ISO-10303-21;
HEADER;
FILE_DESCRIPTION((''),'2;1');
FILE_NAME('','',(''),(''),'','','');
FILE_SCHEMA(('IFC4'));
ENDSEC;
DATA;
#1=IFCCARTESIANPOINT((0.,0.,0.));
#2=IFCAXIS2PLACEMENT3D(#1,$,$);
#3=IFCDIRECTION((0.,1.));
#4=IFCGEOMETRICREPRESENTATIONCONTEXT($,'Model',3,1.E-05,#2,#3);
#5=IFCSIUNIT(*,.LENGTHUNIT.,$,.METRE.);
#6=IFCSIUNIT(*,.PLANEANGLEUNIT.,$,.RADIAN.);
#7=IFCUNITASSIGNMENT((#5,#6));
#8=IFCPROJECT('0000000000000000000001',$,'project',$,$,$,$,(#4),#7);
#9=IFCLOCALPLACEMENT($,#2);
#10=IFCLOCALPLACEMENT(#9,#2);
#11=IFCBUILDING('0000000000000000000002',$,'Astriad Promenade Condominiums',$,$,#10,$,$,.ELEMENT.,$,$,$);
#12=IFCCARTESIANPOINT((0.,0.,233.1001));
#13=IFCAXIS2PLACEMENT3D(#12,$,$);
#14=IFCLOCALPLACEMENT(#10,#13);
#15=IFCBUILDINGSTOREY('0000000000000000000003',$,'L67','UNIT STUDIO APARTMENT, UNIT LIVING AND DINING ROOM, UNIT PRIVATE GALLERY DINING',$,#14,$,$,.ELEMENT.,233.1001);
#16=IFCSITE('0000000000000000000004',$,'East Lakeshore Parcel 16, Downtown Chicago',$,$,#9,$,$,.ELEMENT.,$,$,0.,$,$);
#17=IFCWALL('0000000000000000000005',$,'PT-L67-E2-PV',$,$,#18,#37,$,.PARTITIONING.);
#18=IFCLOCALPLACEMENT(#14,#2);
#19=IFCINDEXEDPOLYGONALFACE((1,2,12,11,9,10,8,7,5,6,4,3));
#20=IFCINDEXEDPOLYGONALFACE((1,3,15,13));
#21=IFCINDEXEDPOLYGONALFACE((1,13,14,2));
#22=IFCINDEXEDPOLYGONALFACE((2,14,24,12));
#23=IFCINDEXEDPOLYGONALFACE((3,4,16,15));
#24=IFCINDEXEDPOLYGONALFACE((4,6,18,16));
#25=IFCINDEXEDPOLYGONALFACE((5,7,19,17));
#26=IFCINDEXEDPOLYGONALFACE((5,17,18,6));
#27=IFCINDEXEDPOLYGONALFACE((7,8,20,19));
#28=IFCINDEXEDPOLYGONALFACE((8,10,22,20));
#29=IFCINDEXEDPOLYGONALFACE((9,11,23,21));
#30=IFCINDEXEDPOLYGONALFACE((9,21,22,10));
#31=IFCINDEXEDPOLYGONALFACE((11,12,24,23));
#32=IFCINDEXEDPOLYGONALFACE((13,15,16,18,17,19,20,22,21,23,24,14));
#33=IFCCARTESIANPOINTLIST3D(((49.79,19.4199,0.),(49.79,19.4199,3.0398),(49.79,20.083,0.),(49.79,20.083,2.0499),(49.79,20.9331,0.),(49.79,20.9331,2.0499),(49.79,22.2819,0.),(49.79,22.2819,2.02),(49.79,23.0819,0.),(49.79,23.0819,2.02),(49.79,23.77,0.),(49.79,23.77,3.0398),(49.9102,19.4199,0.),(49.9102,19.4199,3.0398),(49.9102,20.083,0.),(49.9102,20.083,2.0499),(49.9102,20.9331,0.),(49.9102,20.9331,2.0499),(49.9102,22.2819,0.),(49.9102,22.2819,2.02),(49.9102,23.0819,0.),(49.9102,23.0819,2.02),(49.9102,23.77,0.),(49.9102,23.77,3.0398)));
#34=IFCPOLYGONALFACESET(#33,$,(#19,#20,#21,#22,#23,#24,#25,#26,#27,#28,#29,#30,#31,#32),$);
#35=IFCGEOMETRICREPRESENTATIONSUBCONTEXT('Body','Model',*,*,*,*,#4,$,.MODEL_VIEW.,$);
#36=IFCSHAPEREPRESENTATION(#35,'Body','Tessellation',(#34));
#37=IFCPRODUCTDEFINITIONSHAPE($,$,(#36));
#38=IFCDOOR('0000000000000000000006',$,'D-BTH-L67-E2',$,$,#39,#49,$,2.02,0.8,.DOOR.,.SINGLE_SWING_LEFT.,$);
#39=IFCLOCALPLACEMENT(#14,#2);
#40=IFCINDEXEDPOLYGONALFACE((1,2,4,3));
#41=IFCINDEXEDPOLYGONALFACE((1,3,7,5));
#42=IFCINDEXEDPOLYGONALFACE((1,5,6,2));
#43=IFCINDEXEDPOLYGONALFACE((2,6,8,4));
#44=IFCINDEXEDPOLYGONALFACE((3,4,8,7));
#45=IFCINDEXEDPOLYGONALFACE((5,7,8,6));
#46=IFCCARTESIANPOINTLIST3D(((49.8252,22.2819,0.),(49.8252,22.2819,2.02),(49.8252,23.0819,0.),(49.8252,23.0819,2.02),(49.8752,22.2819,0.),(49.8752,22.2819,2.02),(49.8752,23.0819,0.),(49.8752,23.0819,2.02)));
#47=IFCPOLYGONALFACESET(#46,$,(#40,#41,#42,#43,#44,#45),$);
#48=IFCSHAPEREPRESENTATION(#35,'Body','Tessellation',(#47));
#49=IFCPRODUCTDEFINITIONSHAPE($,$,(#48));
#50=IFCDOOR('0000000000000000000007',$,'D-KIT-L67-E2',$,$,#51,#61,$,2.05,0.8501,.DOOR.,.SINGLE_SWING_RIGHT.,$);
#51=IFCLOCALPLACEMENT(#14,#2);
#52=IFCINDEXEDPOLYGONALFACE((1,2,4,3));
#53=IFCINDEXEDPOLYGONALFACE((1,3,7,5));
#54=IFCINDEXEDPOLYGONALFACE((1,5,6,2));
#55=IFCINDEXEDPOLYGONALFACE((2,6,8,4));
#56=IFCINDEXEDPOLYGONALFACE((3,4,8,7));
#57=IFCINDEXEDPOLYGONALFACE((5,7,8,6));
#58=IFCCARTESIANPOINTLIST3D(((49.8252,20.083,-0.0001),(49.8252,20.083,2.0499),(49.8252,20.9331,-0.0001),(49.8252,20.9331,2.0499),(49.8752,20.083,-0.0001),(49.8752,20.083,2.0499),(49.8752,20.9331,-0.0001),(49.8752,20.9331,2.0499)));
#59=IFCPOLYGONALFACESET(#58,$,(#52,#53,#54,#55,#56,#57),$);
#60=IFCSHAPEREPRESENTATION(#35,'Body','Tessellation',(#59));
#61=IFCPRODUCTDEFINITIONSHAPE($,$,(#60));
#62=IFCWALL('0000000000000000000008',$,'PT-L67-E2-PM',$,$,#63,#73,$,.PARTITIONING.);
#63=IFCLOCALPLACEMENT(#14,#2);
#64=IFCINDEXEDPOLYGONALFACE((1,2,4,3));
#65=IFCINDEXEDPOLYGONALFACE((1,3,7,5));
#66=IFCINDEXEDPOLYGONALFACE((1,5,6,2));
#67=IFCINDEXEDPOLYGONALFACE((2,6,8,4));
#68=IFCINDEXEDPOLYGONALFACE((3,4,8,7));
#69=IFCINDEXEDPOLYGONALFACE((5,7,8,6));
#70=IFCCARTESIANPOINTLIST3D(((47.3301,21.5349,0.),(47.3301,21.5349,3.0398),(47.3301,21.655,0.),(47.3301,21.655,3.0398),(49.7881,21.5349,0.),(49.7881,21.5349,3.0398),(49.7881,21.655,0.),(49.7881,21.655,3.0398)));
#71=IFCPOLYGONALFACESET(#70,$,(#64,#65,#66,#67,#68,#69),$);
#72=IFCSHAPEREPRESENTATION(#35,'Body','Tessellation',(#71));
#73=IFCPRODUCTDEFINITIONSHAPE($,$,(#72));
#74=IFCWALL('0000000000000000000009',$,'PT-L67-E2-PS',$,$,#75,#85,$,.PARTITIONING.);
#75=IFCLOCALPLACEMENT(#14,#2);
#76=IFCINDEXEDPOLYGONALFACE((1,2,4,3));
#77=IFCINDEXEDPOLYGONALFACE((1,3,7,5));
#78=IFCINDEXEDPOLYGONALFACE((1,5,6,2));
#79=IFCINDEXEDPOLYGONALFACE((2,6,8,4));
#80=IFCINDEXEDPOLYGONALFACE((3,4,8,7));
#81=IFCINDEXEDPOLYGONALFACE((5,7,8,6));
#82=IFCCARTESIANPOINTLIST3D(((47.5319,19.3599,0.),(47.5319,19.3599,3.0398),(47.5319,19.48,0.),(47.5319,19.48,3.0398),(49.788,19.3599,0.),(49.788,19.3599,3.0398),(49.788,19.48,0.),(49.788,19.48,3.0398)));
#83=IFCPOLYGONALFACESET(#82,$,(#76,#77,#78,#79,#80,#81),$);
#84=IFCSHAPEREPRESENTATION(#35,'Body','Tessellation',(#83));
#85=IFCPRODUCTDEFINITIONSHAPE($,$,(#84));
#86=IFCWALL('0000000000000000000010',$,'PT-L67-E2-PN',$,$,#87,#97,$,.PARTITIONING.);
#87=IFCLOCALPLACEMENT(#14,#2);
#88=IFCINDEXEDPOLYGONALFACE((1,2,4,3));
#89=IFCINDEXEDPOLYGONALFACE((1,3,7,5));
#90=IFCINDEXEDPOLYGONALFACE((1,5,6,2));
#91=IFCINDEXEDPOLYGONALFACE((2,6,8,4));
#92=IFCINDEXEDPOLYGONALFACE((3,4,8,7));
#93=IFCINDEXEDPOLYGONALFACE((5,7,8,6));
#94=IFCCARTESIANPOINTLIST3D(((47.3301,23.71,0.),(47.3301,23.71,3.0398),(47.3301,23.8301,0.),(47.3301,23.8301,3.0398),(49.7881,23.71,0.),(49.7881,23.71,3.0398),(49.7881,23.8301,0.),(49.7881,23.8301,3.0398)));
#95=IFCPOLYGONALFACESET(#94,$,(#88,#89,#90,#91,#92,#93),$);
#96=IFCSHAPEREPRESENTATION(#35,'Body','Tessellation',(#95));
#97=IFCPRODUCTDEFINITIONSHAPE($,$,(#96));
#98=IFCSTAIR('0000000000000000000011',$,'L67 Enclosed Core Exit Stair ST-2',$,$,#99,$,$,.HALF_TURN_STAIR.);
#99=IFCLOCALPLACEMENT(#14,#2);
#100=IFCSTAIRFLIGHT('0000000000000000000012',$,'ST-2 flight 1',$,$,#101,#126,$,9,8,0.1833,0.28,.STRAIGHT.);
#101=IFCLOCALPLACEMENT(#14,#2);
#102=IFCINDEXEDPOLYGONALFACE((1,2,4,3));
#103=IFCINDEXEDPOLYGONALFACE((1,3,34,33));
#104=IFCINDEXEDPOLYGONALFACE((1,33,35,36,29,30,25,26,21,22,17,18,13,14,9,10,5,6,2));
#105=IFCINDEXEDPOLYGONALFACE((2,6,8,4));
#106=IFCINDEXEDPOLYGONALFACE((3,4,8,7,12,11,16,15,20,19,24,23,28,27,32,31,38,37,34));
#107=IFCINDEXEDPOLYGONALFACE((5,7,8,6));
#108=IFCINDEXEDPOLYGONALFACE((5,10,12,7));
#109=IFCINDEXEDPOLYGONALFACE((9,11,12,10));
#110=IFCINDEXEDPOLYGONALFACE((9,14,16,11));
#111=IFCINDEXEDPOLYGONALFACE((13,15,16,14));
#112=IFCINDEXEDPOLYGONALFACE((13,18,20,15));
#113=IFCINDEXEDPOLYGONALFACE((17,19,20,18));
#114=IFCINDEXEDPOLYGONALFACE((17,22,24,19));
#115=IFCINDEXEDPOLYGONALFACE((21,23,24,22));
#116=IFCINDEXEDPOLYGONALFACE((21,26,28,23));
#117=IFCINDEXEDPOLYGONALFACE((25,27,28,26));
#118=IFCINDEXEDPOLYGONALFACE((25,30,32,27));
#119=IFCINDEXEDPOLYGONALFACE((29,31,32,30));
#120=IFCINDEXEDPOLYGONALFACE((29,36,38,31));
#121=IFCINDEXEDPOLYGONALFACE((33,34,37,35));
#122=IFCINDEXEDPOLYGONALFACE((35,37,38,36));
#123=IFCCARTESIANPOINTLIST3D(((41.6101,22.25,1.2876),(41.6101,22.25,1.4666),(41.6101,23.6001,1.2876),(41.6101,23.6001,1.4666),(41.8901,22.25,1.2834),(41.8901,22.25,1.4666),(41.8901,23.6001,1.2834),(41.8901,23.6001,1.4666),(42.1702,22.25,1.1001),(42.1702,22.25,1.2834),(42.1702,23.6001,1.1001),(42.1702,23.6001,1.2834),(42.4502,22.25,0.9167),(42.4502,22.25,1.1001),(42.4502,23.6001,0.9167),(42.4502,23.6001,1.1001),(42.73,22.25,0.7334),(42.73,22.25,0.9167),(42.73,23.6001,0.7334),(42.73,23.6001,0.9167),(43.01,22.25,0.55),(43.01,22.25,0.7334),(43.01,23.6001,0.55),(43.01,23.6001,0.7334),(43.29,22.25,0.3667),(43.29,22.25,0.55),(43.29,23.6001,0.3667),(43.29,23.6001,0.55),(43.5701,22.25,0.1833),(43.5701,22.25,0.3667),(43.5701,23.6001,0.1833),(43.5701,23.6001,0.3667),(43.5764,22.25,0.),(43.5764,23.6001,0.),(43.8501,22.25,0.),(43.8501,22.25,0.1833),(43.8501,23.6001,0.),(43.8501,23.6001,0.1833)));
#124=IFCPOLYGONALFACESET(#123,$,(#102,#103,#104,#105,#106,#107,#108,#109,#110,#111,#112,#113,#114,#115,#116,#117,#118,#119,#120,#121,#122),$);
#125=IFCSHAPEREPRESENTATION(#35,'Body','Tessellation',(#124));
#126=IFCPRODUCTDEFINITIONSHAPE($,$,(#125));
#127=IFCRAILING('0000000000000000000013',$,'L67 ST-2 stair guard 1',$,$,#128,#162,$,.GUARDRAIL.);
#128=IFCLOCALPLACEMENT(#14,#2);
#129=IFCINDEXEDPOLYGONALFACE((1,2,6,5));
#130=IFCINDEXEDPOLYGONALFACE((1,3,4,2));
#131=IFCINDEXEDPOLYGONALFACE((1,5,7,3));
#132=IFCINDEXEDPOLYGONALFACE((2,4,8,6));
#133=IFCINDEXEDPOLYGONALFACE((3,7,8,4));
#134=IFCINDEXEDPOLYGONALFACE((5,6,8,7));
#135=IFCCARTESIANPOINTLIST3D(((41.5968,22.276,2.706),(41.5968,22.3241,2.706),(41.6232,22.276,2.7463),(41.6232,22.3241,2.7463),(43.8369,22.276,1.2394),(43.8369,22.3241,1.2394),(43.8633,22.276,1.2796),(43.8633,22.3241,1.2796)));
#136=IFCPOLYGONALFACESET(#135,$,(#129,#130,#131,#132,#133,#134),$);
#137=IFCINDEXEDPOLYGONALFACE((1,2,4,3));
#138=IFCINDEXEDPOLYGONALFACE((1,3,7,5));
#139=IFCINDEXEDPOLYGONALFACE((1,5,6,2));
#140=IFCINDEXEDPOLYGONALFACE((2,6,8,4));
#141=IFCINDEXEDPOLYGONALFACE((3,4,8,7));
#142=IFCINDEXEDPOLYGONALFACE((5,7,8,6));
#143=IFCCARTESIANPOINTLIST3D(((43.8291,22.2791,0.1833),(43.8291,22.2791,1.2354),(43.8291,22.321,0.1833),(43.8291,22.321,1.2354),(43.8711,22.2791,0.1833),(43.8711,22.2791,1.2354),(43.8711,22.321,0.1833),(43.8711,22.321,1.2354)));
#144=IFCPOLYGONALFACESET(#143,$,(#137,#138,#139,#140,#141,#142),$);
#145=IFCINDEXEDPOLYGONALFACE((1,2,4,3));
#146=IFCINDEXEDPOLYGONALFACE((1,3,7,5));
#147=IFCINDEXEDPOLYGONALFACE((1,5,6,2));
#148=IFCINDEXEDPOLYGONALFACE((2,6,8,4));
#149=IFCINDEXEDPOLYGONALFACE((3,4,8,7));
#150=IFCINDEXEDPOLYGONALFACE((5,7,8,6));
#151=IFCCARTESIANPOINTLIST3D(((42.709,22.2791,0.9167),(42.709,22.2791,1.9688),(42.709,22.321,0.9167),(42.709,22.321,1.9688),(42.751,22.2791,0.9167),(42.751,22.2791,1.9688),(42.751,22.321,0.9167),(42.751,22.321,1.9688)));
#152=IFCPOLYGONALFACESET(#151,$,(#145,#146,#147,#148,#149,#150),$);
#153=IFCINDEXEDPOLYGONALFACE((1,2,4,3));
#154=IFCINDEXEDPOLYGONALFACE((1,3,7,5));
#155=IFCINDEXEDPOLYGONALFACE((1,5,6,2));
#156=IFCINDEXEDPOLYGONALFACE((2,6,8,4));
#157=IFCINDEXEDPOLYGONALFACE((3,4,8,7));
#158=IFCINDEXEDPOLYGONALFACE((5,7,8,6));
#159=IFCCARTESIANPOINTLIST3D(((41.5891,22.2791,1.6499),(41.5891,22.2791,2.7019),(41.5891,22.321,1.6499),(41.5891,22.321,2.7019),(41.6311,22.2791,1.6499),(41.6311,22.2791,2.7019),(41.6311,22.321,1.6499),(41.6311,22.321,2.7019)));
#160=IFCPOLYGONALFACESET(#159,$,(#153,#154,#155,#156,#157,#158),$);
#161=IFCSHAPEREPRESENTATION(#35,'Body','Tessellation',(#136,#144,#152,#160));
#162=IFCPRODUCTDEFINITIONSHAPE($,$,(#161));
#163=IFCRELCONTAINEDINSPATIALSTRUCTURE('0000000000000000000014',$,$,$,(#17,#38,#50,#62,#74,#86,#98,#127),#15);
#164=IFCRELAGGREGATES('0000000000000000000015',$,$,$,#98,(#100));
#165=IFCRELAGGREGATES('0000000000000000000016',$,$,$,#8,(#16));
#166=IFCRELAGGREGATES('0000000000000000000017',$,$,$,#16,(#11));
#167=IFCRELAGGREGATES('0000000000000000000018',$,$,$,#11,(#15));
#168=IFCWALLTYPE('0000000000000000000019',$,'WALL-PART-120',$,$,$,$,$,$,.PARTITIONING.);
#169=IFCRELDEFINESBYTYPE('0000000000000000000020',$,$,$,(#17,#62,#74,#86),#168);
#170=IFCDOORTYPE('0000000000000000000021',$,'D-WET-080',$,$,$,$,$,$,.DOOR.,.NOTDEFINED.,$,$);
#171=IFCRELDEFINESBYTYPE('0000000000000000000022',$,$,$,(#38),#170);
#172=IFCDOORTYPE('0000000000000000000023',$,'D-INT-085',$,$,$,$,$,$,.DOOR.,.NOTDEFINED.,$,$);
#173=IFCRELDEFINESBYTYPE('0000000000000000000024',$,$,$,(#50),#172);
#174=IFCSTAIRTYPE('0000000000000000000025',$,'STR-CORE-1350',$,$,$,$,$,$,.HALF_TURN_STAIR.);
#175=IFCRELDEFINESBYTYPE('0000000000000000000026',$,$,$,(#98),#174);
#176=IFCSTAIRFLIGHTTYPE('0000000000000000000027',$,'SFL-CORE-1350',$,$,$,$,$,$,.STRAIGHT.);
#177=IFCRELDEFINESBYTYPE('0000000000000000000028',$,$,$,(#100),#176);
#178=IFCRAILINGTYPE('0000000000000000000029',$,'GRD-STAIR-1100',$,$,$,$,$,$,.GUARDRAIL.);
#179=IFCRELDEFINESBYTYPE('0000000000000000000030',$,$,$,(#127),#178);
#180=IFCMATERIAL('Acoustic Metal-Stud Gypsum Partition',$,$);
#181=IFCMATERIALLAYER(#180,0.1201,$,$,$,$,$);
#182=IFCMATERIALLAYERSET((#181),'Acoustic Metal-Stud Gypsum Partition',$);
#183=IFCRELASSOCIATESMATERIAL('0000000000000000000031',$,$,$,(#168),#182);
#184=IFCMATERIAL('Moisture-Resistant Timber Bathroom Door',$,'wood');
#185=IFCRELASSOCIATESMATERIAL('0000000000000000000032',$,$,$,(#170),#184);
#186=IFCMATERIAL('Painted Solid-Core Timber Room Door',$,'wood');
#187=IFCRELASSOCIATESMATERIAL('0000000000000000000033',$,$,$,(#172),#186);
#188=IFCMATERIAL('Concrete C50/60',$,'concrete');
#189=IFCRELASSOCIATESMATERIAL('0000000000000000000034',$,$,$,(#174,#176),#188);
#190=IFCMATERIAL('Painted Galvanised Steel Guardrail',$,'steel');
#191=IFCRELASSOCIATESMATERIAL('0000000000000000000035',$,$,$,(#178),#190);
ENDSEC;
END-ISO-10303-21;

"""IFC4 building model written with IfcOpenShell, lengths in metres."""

from ifc_helpers import new_model, si_unit, direction, frame, frame_2d, origin, origin_2d, place, context, subcontext, project, spatial, polyline, rectangle, outline, extrude, source, transform, mapped, material, layer, layer_set, type_object, type_shapes, element, fill, aggregate, save


model = new_model("IFC4")

# Units and contexts
model_context = context("Model", 3, precision=1e-05, world=origin(), true_north=direction((0.0, 1.0)))
body_context = subcontext(model_context, "Body", "Model", "MODEL_VIEW")
ifc_project = project(units=[si_unit("LENGTHUNIT", "METRE"), si_unit("PLANEANGLEUNIT", "RADIAN")], contexts=[model_context])

# Site, building, storey
site_placement = place(None, origin())
site = spatial("IfcSite", under=ifc_project, at=site_placement, Name="East Lakeshore Parcel 16, Downtown Chicago", CompositionType="ELEMENT", RefElevation=0.0)
building_placement = place(site_placement, origin())
building = spatial("IfcBuilding", under=site, at=building_placement, Name="Astriad Promenade Condominiums", CompositionType="ELEMENT")
storey_placement = place(building_placement, frame((0.0, 0.0, 233.1001)))
storey = spatial("IfcBuildingStorey", under=building, at=storey_placement, Name="L67", Description="UNIT STUDIO APARTMENT, UNIT LIVING AND DINING ROOM, UNIT PRIVATE GALLERY DINING", CompositionType="ELEMENT", Elevation=233.1001)

# Shared definitions
ifc_material_1 = material(Name="Concrete C50/60", Category="concrete")

# Wall, openings, doors
ifc_material_2 = material(Name="Acoustic Metal-Stud Gypsum Partition")
ifc_layer_1 = layer(ifc_material_2, 0.1201)
ifc_layer_set_1 = layer_set([ifc_layer_1], Name="Acoustic Metal-Stud Gypsum Partition")
wall_type_1 = type_object("IfcWallType", Name="WALL-PART-120", PredefinedType="PARTITIONING", material=ifc_layer_set_1)
wall_1_placement = place(storey_placement, frame((49.8501, 19.4199, 0.0), z_axis=(0.0, 0.0, 1.0), x_axis=(0.0, 1.0, 0.0)))
wall_1 = element("IfcWall", 1, at=wall_1_placement, inside=storey, type_object=wall_type_1, Name="PT-L67-E2-PV", PredefinedType="PARTITIONING", context=body_context, shape_type="SweptSolid", body=[
    extrude(rectangle(XDim=4.3501, YDim=0.1201, at=frame_2d((2.175, 0.0))), origin(), (0.0, 0.0, 1.0), 3.0398),
])
opening_1_placement = place(wall_1_placement, frame((0.6631, 0.0, 0.0)))
opening_1 = element("IfcOpeningElement", 2, at=opening_1_placement, cuts=wall_1, PredefinedType="OPENING", context=body_context, shape_type="SweptSolid", body=[
    extrude(rectangle(XDim=0.8501, YDim=2.05, at=frame_2d((0.425, 1.0249))), frame((0.0, 0.0701, 0.0), z_axis=(0.0, -1.0, 0.0), x_axis=(1.0, 0.0, 0.0)), (0.0, 0.0, 1.0), 0.1401),
])
opening_2_placement = place(wall_1_placement, frame((2.8621, 0.0, 0.0)))
opening_2 = element("IfcOpeningElement", 3, at=opening_2_placement, cuts=wall_1, PredefinedType="OPENING", context=body_context, shape_type="SweptSolid", body=[
    extrude(rectangle(XDim=0.8, YDim=2.02, at=frame_2d((0.3999, 1.01))), frame((0.0, 0.0701, 0.0), z_axis=(0.0, -1.0, 0.0), x_axis=(1.0, 0.0, 0.0)), (0.0, 0.0, 1.0), 0.1401),
])
ifc_material_3 = material(Name="Moisture-Resistant Timber Bathroom Door", Category="wood")
door_type_1 = type_object("IfcDoorType", Name="D-WET-080", OperationType="NOTDEFINED", PredefinedType="DOOR", material=ifc_material_3)
shared_shape_1 = source(origin(), body_context, "Body", "SweptSolid", [
    extrude(rectangle(XDim=0.8, YDim=2.02, at=frame_2d((0.3999, 1.01))), frame((0.0, 0.0249, 0.0), z_axis=(0.0, -1.0, 0.0), x_axis=(1.0, 0.0, 0.0)), (0.0, 0.0, 1.0), 0.05),
])
type_shapes(door_type_1, [shared_shape_1])
door_1_placement = place(opening_2_placement, origin())
door_1 = element("IfcDoor", 4, at=door_1_placement, inside=storey, type_object=door_type_1, Name="D-BTH-L67-E2", OperationType="SINGLE_SWING_LEFT", OverallHeight=2.02, OverallWidth=0.8, PredefinedType="DOOR", context=body_context, shape_type="MappedRepresentation", body=[
    mapped(shared_shape_1, transform((0.0, 0.0, 0.0), scale=1.0)),
])
fill(opening_2, door_1)
ifc_material_4 = material(Name="Painted Solid-Core Timber Room Door", Category="wood")
door_type_2 = type_object("IfcDoorType", Name="D-INT-085", OperationType="NOTDEFINED", PredefinedType="DOOR", material=ifc_material_4)
shared_shape_2 = source(origin(), body_context, "Body", "SweptSolid", [
    extrude(rectangle(XDim=0.8501, YDim=2.05, at=frame_2d((0.425, 1.0249))), frame((0.0, 0.0249, 0.0), z_axis=(0.0, -1.0, 0.0), x_axis=(1.0, 0.0, 0.0)), (0.0, 0.0, 1.0), 0.05),
])
type_shapes(door_type_2, [shared_shape_2])
door_2_placement = place(opening_1_placement, origin())
door_2 = element("IfcDoor", 5, at=door_2_placement, inside=storey, type_object=door_type_2, Name="D-KIT-L67-E2", OperationType="SINGLE_SWING_RIGHT", OverallHeight=2.05, OverallWidth=0.8501, PredefinedType="DOOR", context=body_context, shape_type="MappedRepresentation", body=[
    mapped(shared_shape_2, transform((0.0, 0.0, 0.0), scale=1.0)),
])
fill(opening_1, door_2)

# Walls
wall_2_placement = place(storey_placement, frame((47.3301, 21.595, 0.0), z_axis=(0.0, 0.0, 1.0), x_axis=(1.0, 0.0, 0.0)))
element("IfcWall", 6, at=wall_2_placement, inside=storey, type_object=wall_type_1, Name="PT-L67-E2-PM", PredefinedType="PARTITIONING", context=body_context, shape_type="SweptSolid", body=[
    extrude(rectangle(XDim=2.458, YDim=0.1201, at=frame_2d((1.229, 0.0))), origin(), (0.0, 0.0, 1.0), 3.0398),
])
wall_3_placement = place(storey_placement, frame((47.532, 19.4199, 0.0), z_axis=(0.0, 0.0, 1.0), x_axis=(1.0, 0.0, 0.0)))
element("IfcWall", 7, at=wall_3_placement, inside=storey, type_object=wall_type_1, Name="PT-L67-E2-PS", PredefinedType="PARTITIONING", context=body_context, shape_type="SweptSolid", body=[
    extrude(rectangle(XDim=2.2561, YDim=0.1201, at=frame_2d((1.1279, 0.0))), origin(), (0.0, 0.0, 1.0), 3.0398),
])
wall_4_placement = place(storey_placement, frame((47.3301, 23.77, 0.0), z_axis=(0.0, 0.0, 1.0), x_axis=(1.0, 0.0, 0.0)))
element("IfcWall", 8, at=wall_4_placement, inside=storey, type_object=wall_type_1, Name="PT-L67-E2-PN", PredefinedType="PARTITIONING", context=body_context, shape_type="SweptSolid", body=[
    extrude(rectangle(XDim=2.458, YDim=0.1201, at=frame_2d((1.229, 0.0))), origin(), (0.0, 0.0, 1.0), 3.0398),
])

# Stair, stair flight
stair_type = type_object("IfcStairType", Name="STR-CORE-1350", PredefinedType="HALF_TURN_STAIR", material=ifc_material_1)
stair_placement = place(storey_placement, origin())
stair = element("IfcStair", 9, at=stair_placement, inside=storey, type_object=stair_type, Name="L67 Enclosed Core Exit Stair ST-2", PredefinedType="HALF_TURN_STAIR")
stair_flight_type = type_object("IfcStairFlightType", Name="SFL-CORE-1350", PredefinedType="STRAIGHT", material=ifc_material_1)
shared_shape_3 = source(origin(), body_context, "Body", "SweptSolid", [
    extrude(outline(polyline([(0.0, 0.0), (0.0, 0.1833), (0.28, 0.1833), (0.28, 0.3667), (0.5601, 0.3667), (0.5601, 0.55), (0.8401, 0.55), (0.8401, 0.7334), (1.1201, 0.7334), (1.1201, 0.9167), (1.3999, 0.9167), (1.3999, 1.1001), (1.6799, 1.1001), (1.6799, 1.2834), (1.96, 1.2834), (1.96, 1.4666), (2.24, 1.4666), (2.24, 1.6499), (2.24, 1.2876), (0.2737, 0.0), (0.0, 0.0)])), frame((0.0, 0.675, 0.0), z_axis=(0.0, -1.0, 0.0), x_axis=(1.0, 0.0, 0.0)), (0.0, 0.0, 1.0), 1.3501),
])
type_shapes(stair_flight_type, [shared_shape_3])
stair_flight_placement = place(storey_placement, frame((43.8501, 22.925, 0.0), z_axis=(0.0, 0.0, 1.0), x_axis=(-1.0, 0.0, 0.0)))
stair_flight = element("IfcStairFlight", 10, at=stair_flight_placement, type_object=stair_flight_type, Name="ST-2 flight 1", NumberOfRisers=9, NumberOfTreads=8, PredefinedType="STRAIGHT", RiserHeight=0.1833, TreadLength=0.28, context=body_context, shape_type="MappedRepresentation", body=[
    mapped(shared_shape_3, transform((0.0, 0.0, 0.0), scale=1.0)),
])
aggregate(stair, [stair_flight])

# Railing
ifc_material_5 = material(Name="Painted Galvanised Steel Guardrail", Category="steel")
railing_type_1 = type_object("IfcRailingType", Name="GRD-STAIR-1100", PredefinedType="GUARDRAIL", material=ifc_material_5)
shared_shape_4 = source(origin(), body_context, "Body", "SweptSolid", [
    extrude(rectangle(XDim=0.0481, YDim=0.0481, at=origin_2d()), frame((0.0, 0.0, 1.0762), z_axis=(-0.836637, 0.0, 0.547758), x_axis=(0.0, -1.0, 0.0)), (0.0, 0.0, 1.0), 2.6775),
    extrude(rectangle(XDim=0.042, YDim=0.042, at=origin_2d()), origin(), (0.0, 0.0, 1.0), 1.052),
    extrude(rectangle(XDim=0.042, YDim=0.042, at=origin_2d()), frame((-1.1201, 0.0, 0.7334)), (0.0, 0.0, 1.0), 1.052),
    extrude(rectangle(XDim=0.042, YDim=0.042, at=origin_2d()), frame((-2.24, 0.0, 1.4666)), (0.0, 0.0, 1.0), 1.052),
])
railing_1_placement = place(storey_placement, frame((43.8501, 22.3, 0.1833)))
element("IfcRailing", 11, at=railing_1_placement, inside=storey, type_object=railing_type_1, Name="L67 ST-2 stair guard 1", PredefinedType="GUARDRAIL", context=body_context, shape_type="MappedRepresentation", body=[
    mapped(shared_shape_4, transform((0.0, 0.0, 0.0), scale=1.0)),
])

save(model, "model.ifc")
